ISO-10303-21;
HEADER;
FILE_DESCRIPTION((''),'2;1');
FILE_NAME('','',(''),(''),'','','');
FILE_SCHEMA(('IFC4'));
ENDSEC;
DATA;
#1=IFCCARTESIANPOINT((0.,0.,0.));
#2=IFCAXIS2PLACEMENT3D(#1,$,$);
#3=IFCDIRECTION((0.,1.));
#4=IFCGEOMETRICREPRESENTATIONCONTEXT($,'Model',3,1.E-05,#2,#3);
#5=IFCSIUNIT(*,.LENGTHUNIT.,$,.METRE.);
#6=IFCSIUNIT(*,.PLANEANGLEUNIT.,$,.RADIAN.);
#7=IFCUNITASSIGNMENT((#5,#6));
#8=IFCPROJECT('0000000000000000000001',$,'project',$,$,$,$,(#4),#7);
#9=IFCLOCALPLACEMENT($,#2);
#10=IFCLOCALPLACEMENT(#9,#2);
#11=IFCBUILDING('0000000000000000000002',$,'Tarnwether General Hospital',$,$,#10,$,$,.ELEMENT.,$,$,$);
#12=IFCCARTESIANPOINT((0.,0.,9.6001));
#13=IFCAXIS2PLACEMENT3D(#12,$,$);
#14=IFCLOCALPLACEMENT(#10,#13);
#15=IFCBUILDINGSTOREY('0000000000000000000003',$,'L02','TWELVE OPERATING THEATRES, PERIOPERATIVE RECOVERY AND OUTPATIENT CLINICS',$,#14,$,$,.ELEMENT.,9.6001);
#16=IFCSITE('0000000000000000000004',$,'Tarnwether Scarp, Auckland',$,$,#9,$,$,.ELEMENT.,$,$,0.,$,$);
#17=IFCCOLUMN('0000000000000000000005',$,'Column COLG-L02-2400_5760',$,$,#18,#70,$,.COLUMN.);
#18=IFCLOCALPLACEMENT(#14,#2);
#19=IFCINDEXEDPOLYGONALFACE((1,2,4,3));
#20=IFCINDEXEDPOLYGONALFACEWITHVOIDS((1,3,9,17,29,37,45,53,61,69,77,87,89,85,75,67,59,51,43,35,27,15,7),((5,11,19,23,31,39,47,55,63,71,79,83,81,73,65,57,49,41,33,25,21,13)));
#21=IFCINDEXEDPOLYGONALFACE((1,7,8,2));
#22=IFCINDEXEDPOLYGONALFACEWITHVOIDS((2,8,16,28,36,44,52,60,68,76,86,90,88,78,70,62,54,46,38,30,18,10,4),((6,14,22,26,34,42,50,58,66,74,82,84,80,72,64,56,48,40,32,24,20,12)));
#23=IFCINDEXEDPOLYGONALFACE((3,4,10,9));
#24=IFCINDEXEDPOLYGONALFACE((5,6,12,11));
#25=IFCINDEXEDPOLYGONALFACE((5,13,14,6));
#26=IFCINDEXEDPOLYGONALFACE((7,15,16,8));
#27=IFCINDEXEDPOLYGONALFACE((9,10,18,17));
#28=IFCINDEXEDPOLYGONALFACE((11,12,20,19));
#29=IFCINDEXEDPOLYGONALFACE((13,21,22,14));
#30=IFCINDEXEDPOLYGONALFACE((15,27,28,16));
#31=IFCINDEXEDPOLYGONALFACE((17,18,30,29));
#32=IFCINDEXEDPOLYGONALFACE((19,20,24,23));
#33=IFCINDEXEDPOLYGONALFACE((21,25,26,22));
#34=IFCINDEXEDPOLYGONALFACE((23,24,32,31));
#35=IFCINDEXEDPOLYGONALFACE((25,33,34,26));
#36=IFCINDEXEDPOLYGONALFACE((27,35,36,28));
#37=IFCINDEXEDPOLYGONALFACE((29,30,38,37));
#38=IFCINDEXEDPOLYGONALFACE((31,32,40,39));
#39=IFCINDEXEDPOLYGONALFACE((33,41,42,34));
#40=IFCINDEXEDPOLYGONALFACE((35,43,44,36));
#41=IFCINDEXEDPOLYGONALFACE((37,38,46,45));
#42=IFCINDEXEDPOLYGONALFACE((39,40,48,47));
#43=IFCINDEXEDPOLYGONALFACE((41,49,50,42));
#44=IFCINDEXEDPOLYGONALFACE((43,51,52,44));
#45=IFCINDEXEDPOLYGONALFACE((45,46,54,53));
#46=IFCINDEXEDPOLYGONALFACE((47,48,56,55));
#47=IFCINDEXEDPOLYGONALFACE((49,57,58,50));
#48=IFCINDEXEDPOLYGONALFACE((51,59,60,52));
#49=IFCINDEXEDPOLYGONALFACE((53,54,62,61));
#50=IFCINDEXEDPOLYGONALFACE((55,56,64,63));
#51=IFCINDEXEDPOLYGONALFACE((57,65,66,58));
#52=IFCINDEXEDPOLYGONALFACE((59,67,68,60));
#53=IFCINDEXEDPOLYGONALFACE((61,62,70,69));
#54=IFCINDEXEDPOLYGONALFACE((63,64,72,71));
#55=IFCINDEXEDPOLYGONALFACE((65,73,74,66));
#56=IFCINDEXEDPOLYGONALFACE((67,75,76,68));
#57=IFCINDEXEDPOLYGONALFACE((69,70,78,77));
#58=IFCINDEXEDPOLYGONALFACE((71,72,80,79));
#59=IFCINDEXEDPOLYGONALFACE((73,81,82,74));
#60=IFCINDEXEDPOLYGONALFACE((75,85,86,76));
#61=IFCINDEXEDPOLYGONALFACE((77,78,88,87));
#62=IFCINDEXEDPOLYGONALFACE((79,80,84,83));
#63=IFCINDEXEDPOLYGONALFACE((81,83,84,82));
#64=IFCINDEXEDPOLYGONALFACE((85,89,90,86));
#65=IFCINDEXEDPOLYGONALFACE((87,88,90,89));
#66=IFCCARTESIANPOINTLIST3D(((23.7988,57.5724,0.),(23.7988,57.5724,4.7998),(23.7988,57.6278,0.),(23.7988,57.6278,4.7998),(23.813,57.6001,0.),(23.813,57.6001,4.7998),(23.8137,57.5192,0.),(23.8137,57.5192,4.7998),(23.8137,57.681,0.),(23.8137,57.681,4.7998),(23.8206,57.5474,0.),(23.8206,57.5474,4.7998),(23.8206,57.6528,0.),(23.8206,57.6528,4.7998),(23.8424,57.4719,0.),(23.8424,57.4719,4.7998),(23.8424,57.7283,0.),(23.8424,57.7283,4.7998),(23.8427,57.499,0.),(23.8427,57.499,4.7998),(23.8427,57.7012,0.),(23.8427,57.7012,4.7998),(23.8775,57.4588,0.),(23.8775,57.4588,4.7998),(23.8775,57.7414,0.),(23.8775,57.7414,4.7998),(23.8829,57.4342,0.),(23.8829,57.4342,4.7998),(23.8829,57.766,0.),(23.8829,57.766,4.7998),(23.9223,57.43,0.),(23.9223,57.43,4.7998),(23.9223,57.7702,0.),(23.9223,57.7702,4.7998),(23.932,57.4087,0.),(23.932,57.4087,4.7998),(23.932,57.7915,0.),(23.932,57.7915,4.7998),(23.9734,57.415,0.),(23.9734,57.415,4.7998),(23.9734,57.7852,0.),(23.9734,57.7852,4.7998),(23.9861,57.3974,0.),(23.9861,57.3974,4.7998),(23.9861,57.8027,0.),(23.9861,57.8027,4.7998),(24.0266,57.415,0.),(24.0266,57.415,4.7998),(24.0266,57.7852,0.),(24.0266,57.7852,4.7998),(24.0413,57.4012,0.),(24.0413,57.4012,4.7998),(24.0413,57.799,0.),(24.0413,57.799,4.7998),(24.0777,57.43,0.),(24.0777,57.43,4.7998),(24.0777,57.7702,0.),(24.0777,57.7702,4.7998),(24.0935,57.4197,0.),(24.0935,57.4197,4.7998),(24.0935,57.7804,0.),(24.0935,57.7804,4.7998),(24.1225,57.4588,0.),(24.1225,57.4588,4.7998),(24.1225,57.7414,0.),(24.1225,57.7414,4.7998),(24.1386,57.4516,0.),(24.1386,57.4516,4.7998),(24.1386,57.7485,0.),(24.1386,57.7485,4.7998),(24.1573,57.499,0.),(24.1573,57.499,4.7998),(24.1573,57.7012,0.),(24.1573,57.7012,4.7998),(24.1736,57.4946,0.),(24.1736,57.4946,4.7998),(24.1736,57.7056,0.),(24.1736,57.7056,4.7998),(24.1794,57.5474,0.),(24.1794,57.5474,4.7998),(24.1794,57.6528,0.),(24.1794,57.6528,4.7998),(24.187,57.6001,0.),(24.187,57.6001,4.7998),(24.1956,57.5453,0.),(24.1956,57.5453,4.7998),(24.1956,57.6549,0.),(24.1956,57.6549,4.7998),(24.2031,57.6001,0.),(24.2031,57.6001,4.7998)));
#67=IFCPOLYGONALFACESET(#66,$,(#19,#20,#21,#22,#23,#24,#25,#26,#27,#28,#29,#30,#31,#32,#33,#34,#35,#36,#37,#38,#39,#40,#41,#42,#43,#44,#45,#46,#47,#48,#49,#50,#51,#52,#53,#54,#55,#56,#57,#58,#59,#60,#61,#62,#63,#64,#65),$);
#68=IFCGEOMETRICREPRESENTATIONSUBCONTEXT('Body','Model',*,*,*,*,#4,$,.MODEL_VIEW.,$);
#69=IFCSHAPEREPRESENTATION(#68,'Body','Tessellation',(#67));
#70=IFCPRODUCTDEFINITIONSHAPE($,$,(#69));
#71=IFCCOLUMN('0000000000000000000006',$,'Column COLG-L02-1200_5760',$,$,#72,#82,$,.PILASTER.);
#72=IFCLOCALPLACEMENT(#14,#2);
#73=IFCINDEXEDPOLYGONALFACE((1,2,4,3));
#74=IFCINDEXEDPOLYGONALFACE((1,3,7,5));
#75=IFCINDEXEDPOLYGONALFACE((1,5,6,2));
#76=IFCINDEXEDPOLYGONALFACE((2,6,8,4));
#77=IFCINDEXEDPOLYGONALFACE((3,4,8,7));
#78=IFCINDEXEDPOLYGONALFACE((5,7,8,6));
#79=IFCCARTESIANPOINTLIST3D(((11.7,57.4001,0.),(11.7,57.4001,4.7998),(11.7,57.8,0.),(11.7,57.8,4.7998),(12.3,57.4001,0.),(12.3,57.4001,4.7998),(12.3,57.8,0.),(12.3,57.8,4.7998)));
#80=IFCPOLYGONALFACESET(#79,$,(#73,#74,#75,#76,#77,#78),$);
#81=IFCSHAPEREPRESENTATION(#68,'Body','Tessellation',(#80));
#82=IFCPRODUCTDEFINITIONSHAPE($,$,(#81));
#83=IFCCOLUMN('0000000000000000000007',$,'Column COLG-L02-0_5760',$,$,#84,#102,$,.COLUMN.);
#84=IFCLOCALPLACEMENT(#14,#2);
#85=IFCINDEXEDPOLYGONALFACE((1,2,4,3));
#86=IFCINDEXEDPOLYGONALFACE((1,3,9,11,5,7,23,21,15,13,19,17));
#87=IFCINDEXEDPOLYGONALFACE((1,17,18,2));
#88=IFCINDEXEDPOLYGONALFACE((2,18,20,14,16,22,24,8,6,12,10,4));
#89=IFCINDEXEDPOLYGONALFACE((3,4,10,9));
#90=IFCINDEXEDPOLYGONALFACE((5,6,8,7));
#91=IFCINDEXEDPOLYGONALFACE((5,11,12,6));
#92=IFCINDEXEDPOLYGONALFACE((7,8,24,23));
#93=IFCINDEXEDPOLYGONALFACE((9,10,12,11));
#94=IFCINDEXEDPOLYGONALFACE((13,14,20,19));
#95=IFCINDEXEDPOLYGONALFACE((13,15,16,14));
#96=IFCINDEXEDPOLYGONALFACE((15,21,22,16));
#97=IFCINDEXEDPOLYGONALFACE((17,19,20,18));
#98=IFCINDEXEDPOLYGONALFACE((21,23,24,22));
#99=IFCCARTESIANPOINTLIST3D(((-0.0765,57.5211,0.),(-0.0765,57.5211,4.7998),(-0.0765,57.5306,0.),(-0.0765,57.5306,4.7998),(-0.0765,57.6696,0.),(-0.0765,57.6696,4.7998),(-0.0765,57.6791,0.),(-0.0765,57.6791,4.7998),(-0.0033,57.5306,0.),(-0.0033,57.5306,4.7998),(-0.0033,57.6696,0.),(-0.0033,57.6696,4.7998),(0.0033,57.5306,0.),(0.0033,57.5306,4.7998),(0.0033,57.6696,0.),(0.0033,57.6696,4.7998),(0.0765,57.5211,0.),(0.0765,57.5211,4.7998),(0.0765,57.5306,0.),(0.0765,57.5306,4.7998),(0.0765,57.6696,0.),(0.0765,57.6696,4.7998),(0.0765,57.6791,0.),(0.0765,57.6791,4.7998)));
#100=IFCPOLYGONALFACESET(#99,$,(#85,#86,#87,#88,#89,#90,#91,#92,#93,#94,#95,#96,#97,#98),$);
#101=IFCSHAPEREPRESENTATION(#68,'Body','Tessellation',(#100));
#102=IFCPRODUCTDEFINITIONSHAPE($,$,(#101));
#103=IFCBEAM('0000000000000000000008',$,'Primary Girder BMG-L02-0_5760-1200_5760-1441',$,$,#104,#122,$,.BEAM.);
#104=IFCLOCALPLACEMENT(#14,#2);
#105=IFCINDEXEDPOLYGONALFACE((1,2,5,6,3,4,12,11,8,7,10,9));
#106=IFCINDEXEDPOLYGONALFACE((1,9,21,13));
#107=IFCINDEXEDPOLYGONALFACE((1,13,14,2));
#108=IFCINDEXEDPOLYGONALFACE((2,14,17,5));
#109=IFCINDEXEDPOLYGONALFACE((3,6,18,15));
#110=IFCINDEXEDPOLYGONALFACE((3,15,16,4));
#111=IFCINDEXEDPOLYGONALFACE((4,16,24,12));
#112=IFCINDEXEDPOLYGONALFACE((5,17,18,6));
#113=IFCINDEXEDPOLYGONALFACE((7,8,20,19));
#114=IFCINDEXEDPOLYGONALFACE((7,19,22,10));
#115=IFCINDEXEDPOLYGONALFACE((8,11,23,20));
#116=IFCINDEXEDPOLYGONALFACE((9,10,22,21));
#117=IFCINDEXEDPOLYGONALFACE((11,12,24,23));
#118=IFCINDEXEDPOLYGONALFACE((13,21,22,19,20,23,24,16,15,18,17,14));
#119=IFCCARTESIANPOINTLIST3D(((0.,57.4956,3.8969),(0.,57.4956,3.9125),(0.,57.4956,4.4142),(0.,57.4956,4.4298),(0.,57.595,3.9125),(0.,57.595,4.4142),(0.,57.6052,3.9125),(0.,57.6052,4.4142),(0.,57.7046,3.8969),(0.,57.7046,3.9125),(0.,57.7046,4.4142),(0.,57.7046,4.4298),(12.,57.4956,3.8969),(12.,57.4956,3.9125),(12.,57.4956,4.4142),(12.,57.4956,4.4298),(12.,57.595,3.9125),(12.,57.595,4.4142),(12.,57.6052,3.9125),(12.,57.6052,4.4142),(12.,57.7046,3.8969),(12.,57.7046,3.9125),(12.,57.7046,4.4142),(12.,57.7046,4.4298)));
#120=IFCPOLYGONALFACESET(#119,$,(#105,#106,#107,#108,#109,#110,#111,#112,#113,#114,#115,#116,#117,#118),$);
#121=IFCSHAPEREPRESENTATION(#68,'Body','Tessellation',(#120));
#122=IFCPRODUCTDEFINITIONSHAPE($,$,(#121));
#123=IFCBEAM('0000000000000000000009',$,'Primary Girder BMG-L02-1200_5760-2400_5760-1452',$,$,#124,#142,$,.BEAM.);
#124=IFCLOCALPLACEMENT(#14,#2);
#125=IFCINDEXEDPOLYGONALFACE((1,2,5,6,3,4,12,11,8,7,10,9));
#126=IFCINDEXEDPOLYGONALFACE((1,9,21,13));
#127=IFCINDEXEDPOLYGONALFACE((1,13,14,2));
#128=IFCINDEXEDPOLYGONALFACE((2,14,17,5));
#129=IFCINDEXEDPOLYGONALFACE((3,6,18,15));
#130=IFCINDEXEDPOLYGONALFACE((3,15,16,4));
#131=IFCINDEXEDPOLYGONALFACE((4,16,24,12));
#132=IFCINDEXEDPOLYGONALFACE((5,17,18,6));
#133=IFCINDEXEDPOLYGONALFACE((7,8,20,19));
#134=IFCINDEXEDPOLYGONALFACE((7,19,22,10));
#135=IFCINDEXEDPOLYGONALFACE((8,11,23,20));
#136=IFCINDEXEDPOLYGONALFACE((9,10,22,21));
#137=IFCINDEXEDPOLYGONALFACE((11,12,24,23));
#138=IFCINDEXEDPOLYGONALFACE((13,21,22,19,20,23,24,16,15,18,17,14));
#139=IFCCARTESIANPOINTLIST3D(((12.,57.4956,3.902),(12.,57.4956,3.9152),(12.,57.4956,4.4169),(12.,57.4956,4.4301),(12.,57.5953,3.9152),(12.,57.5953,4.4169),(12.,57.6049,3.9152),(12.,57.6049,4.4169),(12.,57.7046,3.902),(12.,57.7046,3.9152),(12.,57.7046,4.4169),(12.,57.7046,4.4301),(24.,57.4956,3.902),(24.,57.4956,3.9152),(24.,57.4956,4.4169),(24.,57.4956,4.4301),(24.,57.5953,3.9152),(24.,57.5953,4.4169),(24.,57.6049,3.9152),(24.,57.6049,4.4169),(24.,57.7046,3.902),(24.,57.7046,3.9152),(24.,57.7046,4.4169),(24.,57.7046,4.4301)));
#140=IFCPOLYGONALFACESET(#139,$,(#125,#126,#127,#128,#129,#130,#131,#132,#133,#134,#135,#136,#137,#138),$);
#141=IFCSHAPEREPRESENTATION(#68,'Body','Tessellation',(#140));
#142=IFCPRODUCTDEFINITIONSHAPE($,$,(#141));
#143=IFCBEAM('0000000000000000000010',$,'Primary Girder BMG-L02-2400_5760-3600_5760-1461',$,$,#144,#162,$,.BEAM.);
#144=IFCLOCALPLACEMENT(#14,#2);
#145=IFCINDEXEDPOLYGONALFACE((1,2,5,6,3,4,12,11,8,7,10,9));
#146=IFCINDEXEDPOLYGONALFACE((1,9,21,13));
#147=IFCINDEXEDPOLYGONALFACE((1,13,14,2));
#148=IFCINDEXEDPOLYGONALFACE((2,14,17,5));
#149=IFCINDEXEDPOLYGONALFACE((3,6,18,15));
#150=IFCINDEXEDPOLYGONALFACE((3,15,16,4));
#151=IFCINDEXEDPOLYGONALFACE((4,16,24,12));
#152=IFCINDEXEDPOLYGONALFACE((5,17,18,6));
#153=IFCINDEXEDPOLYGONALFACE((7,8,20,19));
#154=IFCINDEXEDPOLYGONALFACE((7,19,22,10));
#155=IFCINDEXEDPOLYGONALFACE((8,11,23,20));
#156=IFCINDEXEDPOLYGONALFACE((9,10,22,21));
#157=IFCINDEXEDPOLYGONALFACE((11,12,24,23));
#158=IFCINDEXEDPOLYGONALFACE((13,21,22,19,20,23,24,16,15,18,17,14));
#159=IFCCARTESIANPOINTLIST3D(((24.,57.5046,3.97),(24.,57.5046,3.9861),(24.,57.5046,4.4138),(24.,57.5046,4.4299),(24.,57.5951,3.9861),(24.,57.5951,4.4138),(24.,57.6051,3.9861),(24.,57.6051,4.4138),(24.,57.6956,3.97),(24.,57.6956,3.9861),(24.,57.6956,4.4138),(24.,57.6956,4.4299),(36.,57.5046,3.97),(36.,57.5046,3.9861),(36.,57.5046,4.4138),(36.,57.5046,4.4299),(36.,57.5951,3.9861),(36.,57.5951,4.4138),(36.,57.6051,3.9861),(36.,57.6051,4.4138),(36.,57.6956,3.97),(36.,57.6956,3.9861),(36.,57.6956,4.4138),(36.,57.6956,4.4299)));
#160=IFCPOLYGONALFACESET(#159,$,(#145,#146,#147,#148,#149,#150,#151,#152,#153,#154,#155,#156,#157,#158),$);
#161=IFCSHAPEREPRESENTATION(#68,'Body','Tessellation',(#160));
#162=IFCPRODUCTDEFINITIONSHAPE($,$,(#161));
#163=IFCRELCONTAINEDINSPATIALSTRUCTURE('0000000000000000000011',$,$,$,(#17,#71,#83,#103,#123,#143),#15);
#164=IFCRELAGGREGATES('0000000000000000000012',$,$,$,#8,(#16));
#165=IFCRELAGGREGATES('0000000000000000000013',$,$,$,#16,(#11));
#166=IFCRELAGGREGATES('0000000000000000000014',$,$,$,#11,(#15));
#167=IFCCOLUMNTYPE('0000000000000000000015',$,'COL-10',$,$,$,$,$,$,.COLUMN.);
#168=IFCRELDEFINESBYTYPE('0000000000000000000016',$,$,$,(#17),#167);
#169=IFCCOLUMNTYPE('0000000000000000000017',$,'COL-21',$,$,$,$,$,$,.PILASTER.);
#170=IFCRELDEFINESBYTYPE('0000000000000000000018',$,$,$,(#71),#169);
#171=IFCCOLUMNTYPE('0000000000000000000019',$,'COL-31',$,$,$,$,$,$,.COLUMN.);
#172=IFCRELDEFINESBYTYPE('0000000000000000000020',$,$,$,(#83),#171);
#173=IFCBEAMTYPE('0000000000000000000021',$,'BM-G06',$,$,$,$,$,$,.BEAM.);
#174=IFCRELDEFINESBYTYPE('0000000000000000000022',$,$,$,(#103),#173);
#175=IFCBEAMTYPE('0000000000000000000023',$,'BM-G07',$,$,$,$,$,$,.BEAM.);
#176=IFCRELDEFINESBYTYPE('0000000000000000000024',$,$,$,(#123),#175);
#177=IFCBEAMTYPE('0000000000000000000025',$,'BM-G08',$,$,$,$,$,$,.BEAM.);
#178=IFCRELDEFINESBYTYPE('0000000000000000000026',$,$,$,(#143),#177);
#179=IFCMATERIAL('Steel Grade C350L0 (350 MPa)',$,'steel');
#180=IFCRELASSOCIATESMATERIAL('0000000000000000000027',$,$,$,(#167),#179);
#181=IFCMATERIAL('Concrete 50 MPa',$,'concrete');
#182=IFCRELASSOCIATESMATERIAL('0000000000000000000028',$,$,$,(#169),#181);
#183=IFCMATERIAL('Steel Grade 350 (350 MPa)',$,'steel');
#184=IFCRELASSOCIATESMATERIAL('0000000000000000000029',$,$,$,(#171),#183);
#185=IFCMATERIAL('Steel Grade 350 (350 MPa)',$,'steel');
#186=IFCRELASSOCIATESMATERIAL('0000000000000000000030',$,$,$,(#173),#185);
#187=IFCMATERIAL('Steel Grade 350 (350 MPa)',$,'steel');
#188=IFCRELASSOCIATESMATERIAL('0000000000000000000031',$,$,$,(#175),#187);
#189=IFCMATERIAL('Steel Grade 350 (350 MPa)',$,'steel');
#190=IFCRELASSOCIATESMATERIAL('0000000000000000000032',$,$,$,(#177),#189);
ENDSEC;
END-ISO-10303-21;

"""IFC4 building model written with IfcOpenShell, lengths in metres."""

from ifc_helpers import new_model, si_unit, direction, frame, origin, origin_2d, place, context, subcontext, project, spatial, rectangle, hollow_circle, i_section, extrude, material, material_profile, profile_set, type_object, element, save


model = new_model("IFC4")

# Units and contexts
model_context = context("Model", 3, precision=1e-05, world=origin(), true_north=direction((0.0, 1.0)))
body_context = subcontext(model_context, "Body", "Model", "MODEL_VIEW")
ifc_project = project(units=[si_unit("LENGTHUNIT", "METRE"), si_unit("PLANEANGLEUNIT", "RADIAN")], contexts=[model_context])

# Site, building, storey
site_placement = place(None, origin())
site = spatial("IfcSite", under=ifc_project, at=site_placement, Name="Tarnwether Scarp, Auckland", CompositionType="ELEMENT", RefElevation=0.0)
building_placement = place(site_placement, origin())
building = spatial("IfcBuilding", under=site, at=building_placement, Name="Tarnwether General Hospital", CompositionType="ELEMENT")
storey_placement = place(building_placement, frame((0.0, 0.0, 9.6001)))
storey = spatial("IfcBuildingStorey", under=building, at=storey_placement, Name="L02", Description="TWELVE OPERATING THEATRES, PERIOPERATIVE RECOVERY AND OUTPATIENT CLINICS", CompositionType="ELEMENT", Elevation=9.6001)

# Columns
ifc_material_1 = material(Name="Steel Grade C350L0 (350 MPa)", Category="steel")
ifc_material_profile_1 = material_profile(ifc_material_1, hollow_circle(Radius=0.2031, WallThickness=0.0161, at=origin_2d()), Name="CHS406.4x16.0")
ifc_profile_set_1 = profile_set([ifc_material_profile_1], Name="Steel Grade C350L0 (350 MPa)")
column_type_1 = type_object("IfcColumnType", Name="COL-10", PredefinedType="COLUMN", material=ifc_profile_set_1)
column_1_placement = place(storey_placement, frame((24.0, 57.6001, 0.0), z_axis=(0.0, 0.0, 1.0), x_axis=(1.0, 0.0, 0.0)))
element("IfcColumn", 1, at=column_1_placement, inside=storey, type_object=column_type_1, Name="Column COLG-L02-2400_5760", PredefinedType="COLUMN", context=body_context, shape_type="SweptSolid", body=[
    extrude(hollow_circle(Radius=0.2031, WallThickness=0.0161, at=origin_2d()), origin(), (0.0, 0.0, 1.0), 4.7998),
])
ifc_material_2 = material(Name="Concrete 50 MPa", Category="concrete")
ifc_material_profile_2 = material_profile(ifc_material_2, rectangle(XDim=0.3999, YDim=0.6001, at=origin_2d()), Name="RC-PIL-400x600")
ifc_profile_set_2 = profile_set([ifc_material_profile_2], Name="Concrete 50 MPa")
column_type_2 = type_object("IfcColumnType", Name="COL-21", PredefinedType="PILASTER", material=ifc_profile_set_2)
column_2_placement = place(storey_placement, frame((12.0, 57.6001, 0.0), z_axis=(0.0, 0.0, 1.0), x_axis=(0.0, 1.0, 0.0)))
element("IfcColumn", 2, at=column_2_placement, inside=storey, type_object=column_type_2, Name="Column COLG-L02-1200_5760", PredefinedType="PILASTER", context=body_context, shape_type="SweptSolid", body=[
    extrude(rectangle(XDim=0.3999, YDim=0.6001, at=origin_2d()), origin(), (0.0, 0.0, 1.0), 4.7998),
])
ifc_material_3 = material(Name="Steel Grade 350 (350 MPa)", Category="steel")
ifc_material_profile_3 = material_profile(ifc_material_3, i_section(OverallWidth=0.1531, OverallDepth=0.158, WebThickness=0.0066, FlangeThickness=0.0095, at=origin_2d()), Name="150UC30.0")
ifc_profile_set_3 = profile_set([ifc_material_profile_3], Name="Steel Grade 350 (350 MPa)")
column_type_3 = type_object("IfcColumnType", Name="COL-31", PredefinedType="COLUMN", material=ifc_profile_set_3)
column_3_placement = place(storey_placement, frame((0.0, 57.6001, 0.0), z_axis=(0.0, 0.0, 1.0), x_axis=(1.0, 0.0, 0.0)))
element("IfcColumn", 3, at=column_3_placement, inside=storey, type_object=column_type_3, Name="Column COLG-L02-0_5760", PredefinedType="COLUMN", context=body_context, shape_type="SweptSolid", body=[
    extrude(i_section(OverallWidth=0.1531, OverallDepth=0.158, WebThickness=0.0066, FlangeThickness=0.0095, at=origin_2d()), origin(), (0.0, 0.0, 1.0), 4.7998),
])

# Beams
ifc_material_4 = material(Name="Steel Grade 350 (350 MPa)", Category="steel")
ifc_material_profile_4 = material_profile(ifc_material_4, i_section(OverallWidth=0.209, OverallDepth=0.533, WebThickness=0.0103, FlangeThickness=0.0156, at=origin_2d()), Name="530UB92.4")
ifc_profile_set_4 = profile_set([ifc_material_profile_4], Name="Steel Grade 350 (350 MPa)")
beam_type_1 = type_object("IfcBeamType", Name="BM-G06", PredefinedType="BEAM", material=ifc_profile_set_4)
beam_1_placement = place(storey_placement, frame((0.0, 57.6001, 4.1633), z_axis=(1.0, 0.0, 0.0), x_axis=(0.0, 1.0, 0.0)))
element("IfcBeam", 4, at=beam_1_placement, inside=storey, type_object=beam_type_1, Name="Primary Girder BMG-L02-0_5760-1200_5760-1441", PredefinedType="BEAM", context=body_context, shape_type="SweptSolid", body=[
    extrude(i_section(OverallWidth=0.209, OverallDepth=0.533, WebThickness=0.0103, FlangeThickness=0.0156, at=origin_2d()), origin(), (0.0, 0.0, 1.0), 12.0),
])
ifc_material_5 = material(Name="Steel Grade 350 (350 MPa)", Category="steel")
ifc_material_profile_5 = material_profile(ifc_material_5, i_section(OverallWidth=0.209, OverallDepth=0.5281, WebThickness=0.0095, FlangeThickness=0.0132, at=origin_2d()), Name="530UB82.0")
ifc_profile_set_5 = profile_set([ifc_material_profile_5], Name="Steel Grade 350 (350 MPa)")
beam_type_2 = type_object("IfcBeamType", Name="BM-G07", PredefinedType="BEAM", material=ifc_profile_set_5)
beam_2_placement = place(storey_placement, frame((12.0, 57.6001, 4.166), z_axis=(1.0, 0.0, 0.0), x_axis=(0.0, 1.0, 0.0)))
element("IfcBeam", 5, at=beam_2_placement, inside=storey, type_object=beam_type_2, Name="Primary Girder BMG-L02-1200_5760-2400_5760-1452", PredefinedType="BEAM", context=body_context, shape_type="SweptSolid", body=[
    extrude(i_section(OverallWidth=0.209, OverallDepth=0.5281, WebThickness=0.0095, FlangeThickness=0.0132, at=origin_2d()), origin(), (0.0, 0.0, 1.0), 12.0),
])
ifc_material_6 = material(Name="Steel Grade 350 (350 MPa)", Category="steel")
ifc_material_profile_6 = material_profile(ifc_material_6, i_section(OverallWidth=0.1909, OverallDepth=0.46, WebThickness=0.01, FlangeThickness=0.0161, at=origin_2d()), Name="460UB82.1")
ifc_profile_set_6 = profile_set([ifc_material_profile_6], Name="Steel Grade 350 (350 MPa)")
beam_type_3 = type_object("IfcBeamType", Name="BM-G08", PredefinedType="BEAM", material=ifc_profile_set_6)
beam_3_placement = place(storey_placement, frame((24.0, 57.6001, 4.2), z_axis=(1.0, 0.0, 0.0), x_axis=(0.0, 1.0, 0.0)))
element("IfcBeam", 6, at=beam_3_placement, inside=storey, type_object=beam_type_3, Name="Primary Girder BMG-L02-2400_5760-3600_5760-1461", PredefinedType="BEAM", context=body_context, shape_type="SweptSolid", body=[
    extrude(i_section(OverallWidth=0.1909, OverallDepth=0.46, WebThickness=0.01, FlangeThickness=0.0161, at=origin_2d()), origin(), (0.0, 0.0, 1.0), 12.0),
])

save(model, "model.ifc")
